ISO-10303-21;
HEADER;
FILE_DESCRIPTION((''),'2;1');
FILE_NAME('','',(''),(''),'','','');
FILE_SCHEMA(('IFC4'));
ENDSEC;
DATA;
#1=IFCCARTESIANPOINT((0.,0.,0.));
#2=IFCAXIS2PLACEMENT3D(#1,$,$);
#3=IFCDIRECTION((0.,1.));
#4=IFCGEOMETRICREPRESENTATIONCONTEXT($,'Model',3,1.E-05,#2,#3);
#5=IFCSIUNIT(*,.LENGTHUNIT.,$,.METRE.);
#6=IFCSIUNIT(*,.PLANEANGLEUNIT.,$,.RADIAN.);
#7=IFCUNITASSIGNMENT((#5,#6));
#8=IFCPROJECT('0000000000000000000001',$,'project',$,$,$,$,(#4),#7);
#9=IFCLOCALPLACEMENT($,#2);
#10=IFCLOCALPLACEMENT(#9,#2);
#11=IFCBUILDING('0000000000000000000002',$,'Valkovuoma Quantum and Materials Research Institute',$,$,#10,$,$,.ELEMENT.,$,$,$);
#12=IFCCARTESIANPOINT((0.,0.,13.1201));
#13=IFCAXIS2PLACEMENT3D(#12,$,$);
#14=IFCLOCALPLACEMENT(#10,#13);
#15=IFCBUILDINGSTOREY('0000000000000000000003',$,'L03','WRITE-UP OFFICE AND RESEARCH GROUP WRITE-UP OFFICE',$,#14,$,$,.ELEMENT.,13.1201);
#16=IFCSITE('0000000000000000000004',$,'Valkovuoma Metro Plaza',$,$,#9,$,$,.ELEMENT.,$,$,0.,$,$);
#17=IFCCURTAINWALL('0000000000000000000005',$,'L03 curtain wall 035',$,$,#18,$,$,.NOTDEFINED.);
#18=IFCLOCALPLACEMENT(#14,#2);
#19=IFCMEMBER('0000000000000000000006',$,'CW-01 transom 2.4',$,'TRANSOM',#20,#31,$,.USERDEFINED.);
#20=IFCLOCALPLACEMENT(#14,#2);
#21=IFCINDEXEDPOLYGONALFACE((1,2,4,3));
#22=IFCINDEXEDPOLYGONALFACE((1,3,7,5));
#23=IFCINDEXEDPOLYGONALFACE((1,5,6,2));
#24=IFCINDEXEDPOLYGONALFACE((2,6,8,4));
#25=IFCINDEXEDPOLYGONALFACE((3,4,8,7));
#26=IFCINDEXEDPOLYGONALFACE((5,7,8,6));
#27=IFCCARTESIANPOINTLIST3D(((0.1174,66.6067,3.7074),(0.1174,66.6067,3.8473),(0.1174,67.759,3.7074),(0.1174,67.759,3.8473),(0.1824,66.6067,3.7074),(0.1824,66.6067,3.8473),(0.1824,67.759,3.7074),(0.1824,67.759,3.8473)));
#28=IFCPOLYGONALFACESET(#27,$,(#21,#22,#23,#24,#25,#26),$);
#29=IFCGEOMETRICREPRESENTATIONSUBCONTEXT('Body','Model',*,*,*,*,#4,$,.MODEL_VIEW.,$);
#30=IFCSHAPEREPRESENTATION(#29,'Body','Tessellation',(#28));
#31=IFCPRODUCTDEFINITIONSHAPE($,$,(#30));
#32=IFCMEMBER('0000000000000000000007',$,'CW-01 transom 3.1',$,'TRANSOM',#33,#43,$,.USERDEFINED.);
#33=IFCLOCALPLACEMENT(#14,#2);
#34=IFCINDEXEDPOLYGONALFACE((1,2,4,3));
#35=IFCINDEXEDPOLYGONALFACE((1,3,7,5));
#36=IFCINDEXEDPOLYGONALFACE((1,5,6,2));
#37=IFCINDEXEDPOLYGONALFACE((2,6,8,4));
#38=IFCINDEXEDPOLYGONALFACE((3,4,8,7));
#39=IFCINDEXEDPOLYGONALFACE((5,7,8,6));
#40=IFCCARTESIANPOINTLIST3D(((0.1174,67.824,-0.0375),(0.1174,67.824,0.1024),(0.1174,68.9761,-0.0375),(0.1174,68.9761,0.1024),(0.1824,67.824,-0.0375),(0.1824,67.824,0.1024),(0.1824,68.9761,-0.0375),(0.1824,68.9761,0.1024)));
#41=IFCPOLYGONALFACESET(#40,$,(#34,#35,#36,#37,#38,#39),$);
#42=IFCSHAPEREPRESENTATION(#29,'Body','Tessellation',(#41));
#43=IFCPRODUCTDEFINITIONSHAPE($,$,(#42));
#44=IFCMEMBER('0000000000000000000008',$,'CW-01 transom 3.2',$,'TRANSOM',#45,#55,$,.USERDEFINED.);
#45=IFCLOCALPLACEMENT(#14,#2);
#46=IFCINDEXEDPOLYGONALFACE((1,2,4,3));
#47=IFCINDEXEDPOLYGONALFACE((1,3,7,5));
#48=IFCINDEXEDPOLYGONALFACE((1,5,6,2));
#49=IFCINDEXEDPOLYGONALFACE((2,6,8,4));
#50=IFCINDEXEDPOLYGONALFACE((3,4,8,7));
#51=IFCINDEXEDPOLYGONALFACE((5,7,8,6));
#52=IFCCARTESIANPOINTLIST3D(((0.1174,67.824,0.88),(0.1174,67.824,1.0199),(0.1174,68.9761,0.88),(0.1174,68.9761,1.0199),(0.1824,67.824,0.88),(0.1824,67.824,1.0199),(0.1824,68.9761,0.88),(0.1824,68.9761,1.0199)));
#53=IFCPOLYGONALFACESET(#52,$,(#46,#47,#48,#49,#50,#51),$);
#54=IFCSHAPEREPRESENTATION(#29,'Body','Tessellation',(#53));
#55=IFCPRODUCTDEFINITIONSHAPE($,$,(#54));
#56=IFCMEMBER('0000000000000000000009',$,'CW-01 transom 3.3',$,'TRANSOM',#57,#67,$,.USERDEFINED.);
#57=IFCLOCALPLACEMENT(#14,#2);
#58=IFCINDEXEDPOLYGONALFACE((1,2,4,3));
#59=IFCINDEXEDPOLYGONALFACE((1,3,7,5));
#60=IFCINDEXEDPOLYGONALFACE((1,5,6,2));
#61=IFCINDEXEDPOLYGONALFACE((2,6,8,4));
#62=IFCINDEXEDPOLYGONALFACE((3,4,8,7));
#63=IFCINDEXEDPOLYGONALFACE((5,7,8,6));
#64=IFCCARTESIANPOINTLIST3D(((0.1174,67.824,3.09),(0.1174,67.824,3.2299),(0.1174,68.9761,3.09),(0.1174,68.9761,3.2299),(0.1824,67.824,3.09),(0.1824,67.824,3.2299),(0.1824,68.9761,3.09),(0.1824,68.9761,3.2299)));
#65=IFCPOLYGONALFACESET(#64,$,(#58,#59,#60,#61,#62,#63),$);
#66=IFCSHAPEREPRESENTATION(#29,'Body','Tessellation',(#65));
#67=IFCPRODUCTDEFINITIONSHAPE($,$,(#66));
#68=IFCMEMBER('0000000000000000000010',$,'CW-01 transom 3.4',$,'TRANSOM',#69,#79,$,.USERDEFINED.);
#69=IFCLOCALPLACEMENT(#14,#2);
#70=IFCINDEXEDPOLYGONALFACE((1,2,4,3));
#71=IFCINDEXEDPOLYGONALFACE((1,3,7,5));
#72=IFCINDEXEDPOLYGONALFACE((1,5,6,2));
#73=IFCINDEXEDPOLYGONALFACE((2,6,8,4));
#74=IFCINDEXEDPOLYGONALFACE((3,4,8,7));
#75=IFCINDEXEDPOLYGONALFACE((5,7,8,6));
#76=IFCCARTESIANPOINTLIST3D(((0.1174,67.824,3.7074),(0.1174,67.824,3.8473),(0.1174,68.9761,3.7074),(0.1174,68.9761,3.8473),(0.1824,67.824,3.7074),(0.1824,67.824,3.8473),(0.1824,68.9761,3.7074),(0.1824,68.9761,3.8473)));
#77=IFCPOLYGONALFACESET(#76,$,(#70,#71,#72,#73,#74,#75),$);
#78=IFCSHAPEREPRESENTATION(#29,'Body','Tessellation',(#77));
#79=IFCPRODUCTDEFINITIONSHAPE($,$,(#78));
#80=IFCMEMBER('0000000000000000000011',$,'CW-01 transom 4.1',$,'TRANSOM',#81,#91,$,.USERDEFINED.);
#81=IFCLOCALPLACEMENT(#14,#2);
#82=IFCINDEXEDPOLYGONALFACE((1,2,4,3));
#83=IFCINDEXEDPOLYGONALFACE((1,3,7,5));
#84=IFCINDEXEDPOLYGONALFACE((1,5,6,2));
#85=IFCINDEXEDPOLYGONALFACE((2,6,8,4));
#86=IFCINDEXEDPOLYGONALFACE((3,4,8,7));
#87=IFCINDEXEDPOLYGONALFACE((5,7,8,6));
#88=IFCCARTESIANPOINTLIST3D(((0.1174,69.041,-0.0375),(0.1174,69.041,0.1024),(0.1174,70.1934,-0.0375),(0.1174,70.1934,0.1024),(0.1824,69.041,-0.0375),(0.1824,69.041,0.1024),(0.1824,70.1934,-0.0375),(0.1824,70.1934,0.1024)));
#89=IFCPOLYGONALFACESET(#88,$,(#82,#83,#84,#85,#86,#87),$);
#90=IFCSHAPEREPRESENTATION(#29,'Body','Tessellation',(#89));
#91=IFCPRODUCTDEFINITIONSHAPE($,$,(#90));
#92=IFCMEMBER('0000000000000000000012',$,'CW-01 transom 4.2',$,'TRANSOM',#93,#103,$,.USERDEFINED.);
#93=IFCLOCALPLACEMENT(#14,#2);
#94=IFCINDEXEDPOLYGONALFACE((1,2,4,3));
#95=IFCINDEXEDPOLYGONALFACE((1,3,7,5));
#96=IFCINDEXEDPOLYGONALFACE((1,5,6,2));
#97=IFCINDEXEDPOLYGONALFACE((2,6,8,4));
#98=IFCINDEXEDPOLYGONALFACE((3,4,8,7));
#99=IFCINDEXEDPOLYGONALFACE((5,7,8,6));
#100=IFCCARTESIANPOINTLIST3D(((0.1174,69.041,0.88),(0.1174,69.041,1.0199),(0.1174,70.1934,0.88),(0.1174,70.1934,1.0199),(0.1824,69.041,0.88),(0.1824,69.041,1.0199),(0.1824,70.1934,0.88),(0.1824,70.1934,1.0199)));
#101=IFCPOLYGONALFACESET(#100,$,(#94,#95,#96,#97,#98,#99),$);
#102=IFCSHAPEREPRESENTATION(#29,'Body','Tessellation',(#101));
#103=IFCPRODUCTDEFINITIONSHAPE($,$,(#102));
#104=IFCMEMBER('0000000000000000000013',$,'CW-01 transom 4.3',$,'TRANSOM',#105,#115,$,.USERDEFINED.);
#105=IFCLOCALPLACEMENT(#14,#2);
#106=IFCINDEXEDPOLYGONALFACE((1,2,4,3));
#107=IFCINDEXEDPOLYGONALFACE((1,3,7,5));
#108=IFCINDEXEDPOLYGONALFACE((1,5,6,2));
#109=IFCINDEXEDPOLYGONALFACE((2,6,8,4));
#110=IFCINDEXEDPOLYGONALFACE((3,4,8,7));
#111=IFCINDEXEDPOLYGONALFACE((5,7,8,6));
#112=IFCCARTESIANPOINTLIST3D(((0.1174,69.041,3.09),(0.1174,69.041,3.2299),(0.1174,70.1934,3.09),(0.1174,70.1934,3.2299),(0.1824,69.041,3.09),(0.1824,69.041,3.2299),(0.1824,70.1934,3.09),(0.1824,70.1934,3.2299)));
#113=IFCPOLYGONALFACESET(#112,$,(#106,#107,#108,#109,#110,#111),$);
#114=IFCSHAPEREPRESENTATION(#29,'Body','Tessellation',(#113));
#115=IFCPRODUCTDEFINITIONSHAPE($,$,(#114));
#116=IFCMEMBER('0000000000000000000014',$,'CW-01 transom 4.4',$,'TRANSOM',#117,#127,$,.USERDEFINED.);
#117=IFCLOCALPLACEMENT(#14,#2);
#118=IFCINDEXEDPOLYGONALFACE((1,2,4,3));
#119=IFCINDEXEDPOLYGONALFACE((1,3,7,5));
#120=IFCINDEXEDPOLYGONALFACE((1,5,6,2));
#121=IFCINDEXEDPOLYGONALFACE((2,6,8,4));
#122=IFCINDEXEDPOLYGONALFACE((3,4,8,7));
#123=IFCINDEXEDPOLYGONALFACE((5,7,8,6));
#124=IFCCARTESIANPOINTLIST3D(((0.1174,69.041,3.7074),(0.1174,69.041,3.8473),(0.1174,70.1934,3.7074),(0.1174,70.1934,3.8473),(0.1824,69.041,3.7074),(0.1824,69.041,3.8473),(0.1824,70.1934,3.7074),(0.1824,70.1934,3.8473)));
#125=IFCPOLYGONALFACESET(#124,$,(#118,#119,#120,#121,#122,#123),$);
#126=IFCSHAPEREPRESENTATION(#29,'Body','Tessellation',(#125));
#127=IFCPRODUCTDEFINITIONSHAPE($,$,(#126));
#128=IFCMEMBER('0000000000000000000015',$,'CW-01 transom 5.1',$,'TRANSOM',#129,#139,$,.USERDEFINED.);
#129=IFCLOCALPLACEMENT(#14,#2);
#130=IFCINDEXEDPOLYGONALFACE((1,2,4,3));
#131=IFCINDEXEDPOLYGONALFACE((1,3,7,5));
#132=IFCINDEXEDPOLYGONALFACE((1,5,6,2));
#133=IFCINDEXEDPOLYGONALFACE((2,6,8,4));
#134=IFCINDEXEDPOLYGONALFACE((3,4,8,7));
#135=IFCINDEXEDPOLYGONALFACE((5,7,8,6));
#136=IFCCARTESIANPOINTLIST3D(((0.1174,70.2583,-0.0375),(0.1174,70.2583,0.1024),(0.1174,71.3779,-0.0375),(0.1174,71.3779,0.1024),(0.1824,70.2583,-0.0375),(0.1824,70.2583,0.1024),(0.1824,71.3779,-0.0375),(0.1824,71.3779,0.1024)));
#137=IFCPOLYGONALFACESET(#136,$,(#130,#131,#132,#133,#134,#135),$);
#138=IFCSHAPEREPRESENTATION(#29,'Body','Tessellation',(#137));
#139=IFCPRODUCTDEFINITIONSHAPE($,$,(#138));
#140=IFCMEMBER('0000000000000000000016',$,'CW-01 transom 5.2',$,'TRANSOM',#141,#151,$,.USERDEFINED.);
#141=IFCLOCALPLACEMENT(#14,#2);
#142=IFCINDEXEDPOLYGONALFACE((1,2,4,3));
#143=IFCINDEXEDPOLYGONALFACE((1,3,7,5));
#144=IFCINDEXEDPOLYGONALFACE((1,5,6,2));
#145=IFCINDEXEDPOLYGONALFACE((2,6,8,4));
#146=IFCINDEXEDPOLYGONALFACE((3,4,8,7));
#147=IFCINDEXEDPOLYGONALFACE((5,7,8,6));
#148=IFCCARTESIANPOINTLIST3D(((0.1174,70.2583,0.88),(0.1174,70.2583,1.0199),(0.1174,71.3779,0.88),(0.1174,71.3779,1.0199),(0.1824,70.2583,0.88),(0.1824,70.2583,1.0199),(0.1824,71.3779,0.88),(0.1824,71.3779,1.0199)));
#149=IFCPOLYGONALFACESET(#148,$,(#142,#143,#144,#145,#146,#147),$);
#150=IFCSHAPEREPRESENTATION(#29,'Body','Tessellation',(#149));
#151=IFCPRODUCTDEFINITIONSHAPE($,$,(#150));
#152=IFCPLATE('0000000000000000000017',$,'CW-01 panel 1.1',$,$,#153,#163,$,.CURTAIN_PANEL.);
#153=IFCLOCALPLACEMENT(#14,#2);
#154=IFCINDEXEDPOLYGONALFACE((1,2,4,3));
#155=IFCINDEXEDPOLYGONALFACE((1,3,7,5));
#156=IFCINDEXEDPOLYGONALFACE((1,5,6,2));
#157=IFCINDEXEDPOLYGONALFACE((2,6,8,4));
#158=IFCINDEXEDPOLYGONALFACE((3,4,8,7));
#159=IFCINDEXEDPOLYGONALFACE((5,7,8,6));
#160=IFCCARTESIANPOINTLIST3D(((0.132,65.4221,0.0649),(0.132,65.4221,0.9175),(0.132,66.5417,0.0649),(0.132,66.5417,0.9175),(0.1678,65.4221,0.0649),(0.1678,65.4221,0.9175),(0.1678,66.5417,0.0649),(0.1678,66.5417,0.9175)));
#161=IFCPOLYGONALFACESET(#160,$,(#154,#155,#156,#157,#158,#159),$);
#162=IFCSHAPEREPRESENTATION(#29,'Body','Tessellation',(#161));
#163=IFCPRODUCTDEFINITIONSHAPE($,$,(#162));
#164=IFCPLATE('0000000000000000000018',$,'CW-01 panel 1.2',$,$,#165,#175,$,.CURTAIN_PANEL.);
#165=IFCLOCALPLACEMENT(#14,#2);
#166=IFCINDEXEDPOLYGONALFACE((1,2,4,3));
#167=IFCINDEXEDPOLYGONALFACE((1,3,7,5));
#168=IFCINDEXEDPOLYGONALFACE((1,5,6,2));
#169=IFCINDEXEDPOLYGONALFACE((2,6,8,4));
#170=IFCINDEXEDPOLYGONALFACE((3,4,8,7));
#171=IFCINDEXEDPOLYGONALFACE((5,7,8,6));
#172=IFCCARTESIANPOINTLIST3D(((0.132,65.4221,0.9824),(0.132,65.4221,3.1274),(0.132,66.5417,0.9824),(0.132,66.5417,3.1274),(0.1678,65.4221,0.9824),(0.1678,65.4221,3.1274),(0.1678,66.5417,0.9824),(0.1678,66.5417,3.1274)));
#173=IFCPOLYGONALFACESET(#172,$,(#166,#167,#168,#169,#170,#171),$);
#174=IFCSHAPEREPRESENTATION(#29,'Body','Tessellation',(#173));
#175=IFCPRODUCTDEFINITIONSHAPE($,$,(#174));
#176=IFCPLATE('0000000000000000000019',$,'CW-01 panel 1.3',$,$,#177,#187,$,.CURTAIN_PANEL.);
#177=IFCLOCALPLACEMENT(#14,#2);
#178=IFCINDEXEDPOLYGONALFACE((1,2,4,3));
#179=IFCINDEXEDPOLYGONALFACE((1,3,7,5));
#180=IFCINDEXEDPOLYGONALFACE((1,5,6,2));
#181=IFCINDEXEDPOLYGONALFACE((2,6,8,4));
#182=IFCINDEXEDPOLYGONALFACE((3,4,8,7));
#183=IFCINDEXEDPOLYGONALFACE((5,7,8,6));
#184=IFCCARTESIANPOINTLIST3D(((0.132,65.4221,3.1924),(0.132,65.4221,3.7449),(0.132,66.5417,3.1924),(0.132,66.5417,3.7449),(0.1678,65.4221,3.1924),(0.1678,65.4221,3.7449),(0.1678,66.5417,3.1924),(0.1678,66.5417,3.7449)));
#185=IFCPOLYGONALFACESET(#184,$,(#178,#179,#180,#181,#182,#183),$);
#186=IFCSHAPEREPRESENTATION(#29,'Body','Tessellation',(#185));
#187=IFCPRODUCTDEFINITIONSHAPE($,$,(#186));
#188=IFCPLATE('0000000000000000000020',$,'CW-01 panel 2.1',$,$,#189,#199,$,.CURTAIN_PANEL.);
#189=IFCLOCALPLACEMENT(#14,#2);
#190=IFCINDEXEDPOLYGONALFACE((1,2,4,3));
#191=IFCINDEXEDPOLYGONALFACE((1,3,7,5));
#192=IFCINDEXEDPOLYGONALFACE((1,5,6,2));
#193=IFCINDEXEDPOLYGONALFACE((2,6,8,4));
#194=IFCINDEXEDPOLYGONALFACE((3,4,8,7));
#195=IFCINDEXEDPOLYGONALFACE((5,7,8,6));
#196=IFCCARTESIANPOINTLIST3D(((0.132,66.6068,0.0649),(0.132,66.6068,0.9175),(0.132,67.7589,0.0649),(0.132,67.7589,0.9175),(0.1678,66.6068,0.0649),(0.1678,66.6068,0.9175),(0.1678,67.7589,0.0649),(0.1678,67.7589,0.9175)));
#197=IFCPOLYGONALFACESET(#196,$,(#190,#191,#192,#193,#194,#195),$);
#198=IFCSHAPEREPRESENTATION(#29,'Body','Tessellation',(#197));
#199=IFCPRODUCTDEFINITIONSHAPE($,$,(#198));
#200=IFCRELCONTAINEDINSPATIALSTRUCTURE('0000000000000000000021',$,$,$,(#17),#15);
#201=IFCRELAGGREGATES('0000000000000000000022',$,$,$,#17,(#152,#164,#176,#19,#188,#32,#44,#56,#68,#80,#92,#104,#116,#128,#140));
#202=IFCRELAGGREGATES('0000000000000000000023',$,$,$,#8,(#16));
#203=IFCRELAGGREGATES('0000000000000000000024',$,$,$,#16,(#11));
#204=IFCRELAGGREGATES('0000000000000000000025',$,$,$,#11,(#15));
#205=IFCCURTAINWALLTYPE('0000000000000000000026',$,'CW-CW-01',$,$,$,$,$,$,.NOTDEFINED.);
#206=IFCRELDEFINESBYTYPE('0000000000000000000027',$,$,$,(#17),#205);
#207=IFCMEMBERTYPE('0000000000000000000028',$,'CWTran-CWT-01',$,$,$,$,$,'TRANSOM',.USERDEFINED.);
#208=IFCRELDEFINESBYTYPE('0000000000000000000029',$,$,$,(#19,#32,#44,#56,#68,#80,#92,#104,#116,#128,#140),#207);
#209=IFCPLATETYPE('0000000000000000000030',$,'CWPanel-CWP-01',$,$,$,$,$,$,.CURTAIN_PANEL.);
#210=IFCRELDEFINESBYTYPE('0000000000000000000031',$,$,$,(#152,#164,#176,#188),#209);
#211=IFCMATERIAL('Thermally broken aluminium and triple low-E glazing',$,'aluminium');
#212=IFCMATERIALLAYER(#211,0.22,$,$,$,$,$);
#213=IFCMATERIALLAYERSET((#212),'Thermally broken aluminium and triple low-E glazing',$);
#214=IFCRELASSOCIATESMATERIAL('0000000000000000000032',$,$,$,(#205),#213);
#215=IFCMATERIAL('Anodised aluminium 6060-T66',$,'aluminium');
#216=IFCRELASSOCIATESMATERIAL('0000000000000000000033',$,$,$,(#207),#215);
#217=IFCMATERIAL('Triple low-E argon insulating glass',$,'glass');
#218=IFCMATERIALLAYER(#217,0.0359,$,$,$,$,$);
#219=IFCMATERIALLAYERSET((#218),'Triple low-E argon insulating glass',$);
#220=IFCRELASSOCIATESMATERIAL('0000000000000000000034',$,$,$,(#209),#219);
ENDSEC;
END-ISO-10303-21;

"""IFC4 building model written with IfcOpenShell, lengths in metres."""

from ifc_helpers import new_model, si_unit, direction, frame, origin, origin_2d, place, context, subcontext, project, spatial, rectangle, extrude, material, layer, layer_set, material_profile, profile_set, type_object, element, aggregate, save


model = new_model("IFC4")

# Units and contexts
model_context = context("Model", 3, precision=1e-05, world=origin(), true_north=direction((0.0, 1.0)))
body_context = subcontext(model_context, "Body", "Model", "MODEL_VIEW")
ifc_project = project(units=[si_unit("LENGTHUNIT", "METRE"), si_unit("PLANEANGLEUNIT", "RADIAN")], contexts=[model_context])

# Site, building, storey
site_placement = place(None, origin())
site = spatial("IfcSite", under=ifc_project, at=site_placement, Name="Valkovuoma Metro Plaza", CompositionType="ELEMENT", RefElevation=0.0)
building_placement = place(site_placement, origin())
building = spatial("IfcBuilding", under=site, at=building_placement, Name="Valkovuoma Quantum and Materials Research Institute", CompositionType="ELEMENT")
storey_placement = place(building_placement, frame((0.0, 0.0, 13.1201)))
storey = spatial("IfcBuildingStorey", under=building, at=storey_placement, Name="L03", Description="WRITE-UP OFFICE AND RESEARCH GROUP WRITE-UP OFFICE", CompositionType="ELEMENT", Elevation=13.1201)

# Curtain wall, members, plates
ifc_material_1 = material(Name="Thermally broken aluminium and triple low-E glazing", Category="aluminium")
ifc_layer_1 = layer(ifc_material_1, 0.22)
ifc_layer_set_1 = layer_set([ifc_layer_1], Name="Thermally broken aluminium and triple low-E glazing")
curtain_wall_type = type_object("IfcCurtainWallType", Name="CW-CW-01", PredefinedType="NOTDEFINED", material=ifc_layer_set_1)
curtain_wall_placement = place(storey_placement, origin())
curtain_wall = element("IfcCurtainWall", 1, at=curtain_wall_placement, inside=storey, type_object=curtain_wall_type, Name="L03 curtain wall 035", PredefinedType="NOTDEFINED")
ifc_material_2 = material(Name="Anodised aluminium 6060-T66", Category="aluminium")
ifc_material_profile_1 = material_profile(ifc_material_2, rectangle(XDim=0.0649, YDim=0.1399, at=origin_2d()), Name="Anodised aluminium 6060-T66")
ifc_profile_set_1 = profile_set([ifc_material_profile_1], Name="Anodised aluminium 6060-T66")
member_type_1 = type_object("IfcMemberType", Name="CWTran-CWT-01", ElementType="TRANSOM", PredefinedType="USERDEFINED", material=ifc_profile_set_1)
member_1_placement = place(storey_placement, frame((0.1499, 66.6067, 3.7773), z_axis=(0.0, 1.0, 0.0), x_axis=(-1.0, 0.0, 0.0)))
member_1 = element("IfcMember", 2, at=member_1_placement, type_object=member_type_1, Name="CW-01 transom 2.4", ObjectType="TRANSOM", PredefinedType="USERDEFINED", context=body_context, shape_type="SweptSolid", body=[
    extrude(rectangle(XDim=0.0649, YDim=0.1399, at=origin_2d()), origin(), (0.0, 0.0, 1.0), 1.1523),
])
member_2_placement = place(storey_placement, frame((0.1499, 67.824, 0.0325), z_axis=(0.0, 1.0, 0.0), x_axis=(-1.0, 0.0, 0.0)))
member_2 = element("IfcMember", 3, at=member_2_placement, type_object=member_type_1, Name="CW-01 transom 3.1", ObjectType="TRANSOM", PredefinedType="USERDEFINED", context=body_context, shape_type="SweptSolid", body=[
    extrude(rectangle(XDim=0.0649, YDim=0.1399, at=origin_2d()), origin(), (0.0, 0.0, 1.0), 1.1521),
])
member_3_placement = place(storey_placement, frame((0.1499, 67.824, 0.95), z_axis=(0.0, 1.0, 0.0), x_axis=(-1.0, 0.0, 0.0)))
member_3 = element("IfcMember", 4, at=member_3_placement, type_object=member_type_1, Name="CW-01 transom 3.2", ObjectType="TRANSOM", PredefinedType="USERDEFINED", context=body_context, shape_type="SweptSolid", body=[
    extrude(rectangle(XDim=0.0649, YDim=0.1399, at=origin_2d()), origin(), (0.0, 0.0, 1.0), 1.1521),
])
member_4_placement = place(storey_placement, frame((0.1499, 67.824, 3.1599), z_axis=(0.0, 1.0, 0.0), x_axis=(-1.0, 0.0, 0.0)))
member_4 = element("IfcMember", 5, at=member_4_placement, type_object=member_type_1, Name="CW-01 transom 3.3", ObjectType="TRANSOM", PredefinedType="USERDEFINED", context=body_context, shape_type="SweptSolid", body=[
    extrude(rectangle(XDim=0.0649, YDim=0.1399, at=origin_2d()), origin(), (0.0, 0.0, 1.0), 1.1521),
])
member_5_placement = place(storey_placement, frame((0.1499, 67.824, 3.7773), z_axis=(0.0, 1.0, 0.0), x_axis=(-1.0, 0.0, 0.0)))
member_5 = element("IfcMember", 6, at=member_5_placement, type_object=member_type_1, Name="CW-01 transom 3.4", ObjectType="TRANSOM", PredefinedType="USERDEFINED", context=body_context, shape_type="SweptSolid", body=[
    extrude(rectangle(XDim=0.0649, YDim=0.1399, at=origin_2d()), origin(), (0.0, 0.0, 1.0), 1.1521),
])
member_6_placement = place(storey_placement, frame((0.1499, 69.041, 0.0325), z_axis=(0.0, 1.0, 0.0), x_axis=(-1.0, 0.0, 0.0)))
member_6 = element("IfcMember", 7, at=member_6_placement, type_object=member_type_1, Name="CW-01 transom 4.1", ObjectType="TRANSOM", PredefinedType="USERDEFINED", context=body_context, shape_type="SweptSolid", body=[
    extrude(rectangle(XDim=0.0649, YDim=0.1399, at=origin_2d()), origin(), (0.0, 0.0, 1.0), 1.1523),
])
member_7_placement = place(storey_placement, frame((0.1499, 69.041, 0.95), z_axis=(0.0, 1.0, 0.0), x_axis=(-1.0, 0.0, 0.0)))
member_7 = element("IfcMember", 8, at=member_7_placement, type_object=member_type_1, Name="CW-01 transom 4.2", ObjectType="TRANSOM", PredefinedType="USERDEFINED", context=body_context, shape_type="SweptSolid", body=[
    extrude(rectangle(XDim=0.0649, YDim=0.1399, at=origin_2d()), origin(), (0.0, 0.0, 1.0), 1.1523),
])
member_8_placement = place(storey_placement, frame((0.1499, 69.041, 3.1599), z_axis=(0.0, 1.0, 0.0), x_axis=(-1.0, 0.0, 0.0)))
member_8 = element("IfcMember", 9, at=member_8_placement, type_object=member_type_1, Name="CW-01 transom 4.3", ObjectType="TRANSOM", PredefinedType="USERDEFINED", context=body_context, shape_type="SweptSolid", body=[
    extrude(rectangle(XDim=0.0649, YDim=0.1399, at=origin_2d()), origin(), (0.0, 0.0, 1.0), 1.1523),
])
member_9_placement = place(storey_placement, frame((0.1499, 69.041, 3.7773), z_axis=(0.0, 1.0, 0.0), x_axis=(-1.0, 0.0, 0.0)))
member_9 = element("IfcMember", 10, at=member_9_placement, type_object=member_type_1, Name="CW-01 transom 4.4", ObjectType="TRANSOM", PredefinedType="USERDEFINED", context=body_context, shape_type="SweptSolid", body=[
    extrude(rectangle(XDim=0.0649, YDim=0.1399, at=origin_2d()), origin(), (0.0, 0.0, 1.0), 1.1523),
])
member_10_placement = place(storey_placement, frame((0.1499, 70.2583, 0.0325), z_axis=(0.0, 1.0, 0.0), x_axis=(-1.0, 0.0, 0.0)))
member_10 = element("IfcMember", 11, at=member_10_placement, type_object=member_type_1, Name="CW-01 transom 5.1", ObjectType="TRANSOM", PredefinedType="USERDEFINED", context=body_context, shape_type="SweptSolid", body=[
    extrude(rectangle(XDim=0.0649, YDim=0.1399, at=origin_2d()), origin(), (0.0, 0.0, 1.0), 1.1196),
])
member_11_placement = place(storey_placement, frame((0.1499, 70.2583, 0.95), z_axis=(0.0, 1.0, 0.0), x_axis=(-1.0, 0.0, 0.0)))
member_11 = element("IfcMember", 12, at=member_11_placement, type_object=member_type_1, Name="CW-01 transom 5.2", ObjectType="TRANSOM", PredefinedType="USERDEFINED", context=body_context, shape_type="SweptSolid", body=[
    extrude(rectangle(XDim=0.0649, YDim=0.1399, at=origin_2d()), origin(), (0.0, 0.0, 1.0), 1.1196),
])
ifc_material_3 = material(Name="Triple low-E argon insulating glass", Category="glass")
ifc_layer_2 = layer(ifc_material_3, 0.0359)
ifc_layer_set_2 = layer_set([ifc_layer_2], Name="Triple low-E argon insulating glass")
plate_type = type_object("IfcPlateType", Name="CWPanel-CWP-01", PredefinedType="CURTAIN_PANEL", material=ifc_layer_set_2)
plate_1_placement = place(storey_placement, frame((0.1499, 65.9819, 0.0649), z_axis=(0.0, 0.0, 1.0), x_axis=(0.0, 1.0, 0.0)))
plate_1 = element("IfcPlate", 13, at=plate_1_placement, type_object=plate_type, Name="CW-01 panel 1.1", PredefinedType="CURTAIN_PANEL", context=body_context, shape_type="SweptSolid", body=[
    extrude(rectangle(XDim=1.1196, YDim=0.0359, at=origin_2d()), origin(), (0.0, 0.0, 1.0), 0.8525),
])
plate_2_placement = place(storey_placement, frame((0.1499, 65.9819, 0.9824), z_axis=(0.0, 0.0, 1.0), x_axis=(0.0, 1.0, 0.0)))
plate_2 = element("IfcPlate", 14, at=plate_2_placement, type_object=plate_type, Name="CW-01 panel 1.2", PredefinedType="CURTAIN_PANEL", context=body_context, shape_type="SweptSolid", body=[
    extrude(rectangle(XDim=1.1196, YDim=0.0359, at=origin_2d()), origin(), (0.0, 0.0, 1.0), 2.145),
])
plate_3_placement = place(storey_placement, frame((0.1499, 65.9819, 3.1924), z_axis=(0.0, 0.0, 1.0), x_axis=(0.0, 1.0, 0.0)))
plate_3 = element("IfcPlate", 15, at=plate_3_placement, type_object=plate_type, Name="CW-01 panel 1.3", PredefinedType="CURTAIN_PANEL", context=body_context, shape_type="SweptSolid", body=[
    extrude(rectangle(XDim=1.1196, YDim=0.0359, at=origin_2d()), origin(), (0.0, 0.0, 1.0), 0.5525),
])
plate_4_placement = place(storey_placement, frame((0.1499, 67.1829, 0.0649), z_axis=(0.0, 0.0, 1.0), x_axis=(0.0, 1.0, 0.0)))
plate_4 = element("IfcPlate", 16, at=plate_4_placement, type_object=plate_type, Name="CW-01 panel 2.1", PredefinedType="CURTAIN_PANEL", context=body_context, shape_type="SweptSolid", body=[
    extrude(rectangle(XDim=1.1521, YDim=0.0359, at=origin_2d()), origin(), (0.0, 0.0, 1.0), 0.8525),
])
aggregate(curtain_wall, [plate_1, plate_2, plate_3, member_1, plate_4, member_2, member_3, member_4, member_5, member_6, member_7, member_8, member_9, member_10, member_11])

save(model, "model.ifc")
